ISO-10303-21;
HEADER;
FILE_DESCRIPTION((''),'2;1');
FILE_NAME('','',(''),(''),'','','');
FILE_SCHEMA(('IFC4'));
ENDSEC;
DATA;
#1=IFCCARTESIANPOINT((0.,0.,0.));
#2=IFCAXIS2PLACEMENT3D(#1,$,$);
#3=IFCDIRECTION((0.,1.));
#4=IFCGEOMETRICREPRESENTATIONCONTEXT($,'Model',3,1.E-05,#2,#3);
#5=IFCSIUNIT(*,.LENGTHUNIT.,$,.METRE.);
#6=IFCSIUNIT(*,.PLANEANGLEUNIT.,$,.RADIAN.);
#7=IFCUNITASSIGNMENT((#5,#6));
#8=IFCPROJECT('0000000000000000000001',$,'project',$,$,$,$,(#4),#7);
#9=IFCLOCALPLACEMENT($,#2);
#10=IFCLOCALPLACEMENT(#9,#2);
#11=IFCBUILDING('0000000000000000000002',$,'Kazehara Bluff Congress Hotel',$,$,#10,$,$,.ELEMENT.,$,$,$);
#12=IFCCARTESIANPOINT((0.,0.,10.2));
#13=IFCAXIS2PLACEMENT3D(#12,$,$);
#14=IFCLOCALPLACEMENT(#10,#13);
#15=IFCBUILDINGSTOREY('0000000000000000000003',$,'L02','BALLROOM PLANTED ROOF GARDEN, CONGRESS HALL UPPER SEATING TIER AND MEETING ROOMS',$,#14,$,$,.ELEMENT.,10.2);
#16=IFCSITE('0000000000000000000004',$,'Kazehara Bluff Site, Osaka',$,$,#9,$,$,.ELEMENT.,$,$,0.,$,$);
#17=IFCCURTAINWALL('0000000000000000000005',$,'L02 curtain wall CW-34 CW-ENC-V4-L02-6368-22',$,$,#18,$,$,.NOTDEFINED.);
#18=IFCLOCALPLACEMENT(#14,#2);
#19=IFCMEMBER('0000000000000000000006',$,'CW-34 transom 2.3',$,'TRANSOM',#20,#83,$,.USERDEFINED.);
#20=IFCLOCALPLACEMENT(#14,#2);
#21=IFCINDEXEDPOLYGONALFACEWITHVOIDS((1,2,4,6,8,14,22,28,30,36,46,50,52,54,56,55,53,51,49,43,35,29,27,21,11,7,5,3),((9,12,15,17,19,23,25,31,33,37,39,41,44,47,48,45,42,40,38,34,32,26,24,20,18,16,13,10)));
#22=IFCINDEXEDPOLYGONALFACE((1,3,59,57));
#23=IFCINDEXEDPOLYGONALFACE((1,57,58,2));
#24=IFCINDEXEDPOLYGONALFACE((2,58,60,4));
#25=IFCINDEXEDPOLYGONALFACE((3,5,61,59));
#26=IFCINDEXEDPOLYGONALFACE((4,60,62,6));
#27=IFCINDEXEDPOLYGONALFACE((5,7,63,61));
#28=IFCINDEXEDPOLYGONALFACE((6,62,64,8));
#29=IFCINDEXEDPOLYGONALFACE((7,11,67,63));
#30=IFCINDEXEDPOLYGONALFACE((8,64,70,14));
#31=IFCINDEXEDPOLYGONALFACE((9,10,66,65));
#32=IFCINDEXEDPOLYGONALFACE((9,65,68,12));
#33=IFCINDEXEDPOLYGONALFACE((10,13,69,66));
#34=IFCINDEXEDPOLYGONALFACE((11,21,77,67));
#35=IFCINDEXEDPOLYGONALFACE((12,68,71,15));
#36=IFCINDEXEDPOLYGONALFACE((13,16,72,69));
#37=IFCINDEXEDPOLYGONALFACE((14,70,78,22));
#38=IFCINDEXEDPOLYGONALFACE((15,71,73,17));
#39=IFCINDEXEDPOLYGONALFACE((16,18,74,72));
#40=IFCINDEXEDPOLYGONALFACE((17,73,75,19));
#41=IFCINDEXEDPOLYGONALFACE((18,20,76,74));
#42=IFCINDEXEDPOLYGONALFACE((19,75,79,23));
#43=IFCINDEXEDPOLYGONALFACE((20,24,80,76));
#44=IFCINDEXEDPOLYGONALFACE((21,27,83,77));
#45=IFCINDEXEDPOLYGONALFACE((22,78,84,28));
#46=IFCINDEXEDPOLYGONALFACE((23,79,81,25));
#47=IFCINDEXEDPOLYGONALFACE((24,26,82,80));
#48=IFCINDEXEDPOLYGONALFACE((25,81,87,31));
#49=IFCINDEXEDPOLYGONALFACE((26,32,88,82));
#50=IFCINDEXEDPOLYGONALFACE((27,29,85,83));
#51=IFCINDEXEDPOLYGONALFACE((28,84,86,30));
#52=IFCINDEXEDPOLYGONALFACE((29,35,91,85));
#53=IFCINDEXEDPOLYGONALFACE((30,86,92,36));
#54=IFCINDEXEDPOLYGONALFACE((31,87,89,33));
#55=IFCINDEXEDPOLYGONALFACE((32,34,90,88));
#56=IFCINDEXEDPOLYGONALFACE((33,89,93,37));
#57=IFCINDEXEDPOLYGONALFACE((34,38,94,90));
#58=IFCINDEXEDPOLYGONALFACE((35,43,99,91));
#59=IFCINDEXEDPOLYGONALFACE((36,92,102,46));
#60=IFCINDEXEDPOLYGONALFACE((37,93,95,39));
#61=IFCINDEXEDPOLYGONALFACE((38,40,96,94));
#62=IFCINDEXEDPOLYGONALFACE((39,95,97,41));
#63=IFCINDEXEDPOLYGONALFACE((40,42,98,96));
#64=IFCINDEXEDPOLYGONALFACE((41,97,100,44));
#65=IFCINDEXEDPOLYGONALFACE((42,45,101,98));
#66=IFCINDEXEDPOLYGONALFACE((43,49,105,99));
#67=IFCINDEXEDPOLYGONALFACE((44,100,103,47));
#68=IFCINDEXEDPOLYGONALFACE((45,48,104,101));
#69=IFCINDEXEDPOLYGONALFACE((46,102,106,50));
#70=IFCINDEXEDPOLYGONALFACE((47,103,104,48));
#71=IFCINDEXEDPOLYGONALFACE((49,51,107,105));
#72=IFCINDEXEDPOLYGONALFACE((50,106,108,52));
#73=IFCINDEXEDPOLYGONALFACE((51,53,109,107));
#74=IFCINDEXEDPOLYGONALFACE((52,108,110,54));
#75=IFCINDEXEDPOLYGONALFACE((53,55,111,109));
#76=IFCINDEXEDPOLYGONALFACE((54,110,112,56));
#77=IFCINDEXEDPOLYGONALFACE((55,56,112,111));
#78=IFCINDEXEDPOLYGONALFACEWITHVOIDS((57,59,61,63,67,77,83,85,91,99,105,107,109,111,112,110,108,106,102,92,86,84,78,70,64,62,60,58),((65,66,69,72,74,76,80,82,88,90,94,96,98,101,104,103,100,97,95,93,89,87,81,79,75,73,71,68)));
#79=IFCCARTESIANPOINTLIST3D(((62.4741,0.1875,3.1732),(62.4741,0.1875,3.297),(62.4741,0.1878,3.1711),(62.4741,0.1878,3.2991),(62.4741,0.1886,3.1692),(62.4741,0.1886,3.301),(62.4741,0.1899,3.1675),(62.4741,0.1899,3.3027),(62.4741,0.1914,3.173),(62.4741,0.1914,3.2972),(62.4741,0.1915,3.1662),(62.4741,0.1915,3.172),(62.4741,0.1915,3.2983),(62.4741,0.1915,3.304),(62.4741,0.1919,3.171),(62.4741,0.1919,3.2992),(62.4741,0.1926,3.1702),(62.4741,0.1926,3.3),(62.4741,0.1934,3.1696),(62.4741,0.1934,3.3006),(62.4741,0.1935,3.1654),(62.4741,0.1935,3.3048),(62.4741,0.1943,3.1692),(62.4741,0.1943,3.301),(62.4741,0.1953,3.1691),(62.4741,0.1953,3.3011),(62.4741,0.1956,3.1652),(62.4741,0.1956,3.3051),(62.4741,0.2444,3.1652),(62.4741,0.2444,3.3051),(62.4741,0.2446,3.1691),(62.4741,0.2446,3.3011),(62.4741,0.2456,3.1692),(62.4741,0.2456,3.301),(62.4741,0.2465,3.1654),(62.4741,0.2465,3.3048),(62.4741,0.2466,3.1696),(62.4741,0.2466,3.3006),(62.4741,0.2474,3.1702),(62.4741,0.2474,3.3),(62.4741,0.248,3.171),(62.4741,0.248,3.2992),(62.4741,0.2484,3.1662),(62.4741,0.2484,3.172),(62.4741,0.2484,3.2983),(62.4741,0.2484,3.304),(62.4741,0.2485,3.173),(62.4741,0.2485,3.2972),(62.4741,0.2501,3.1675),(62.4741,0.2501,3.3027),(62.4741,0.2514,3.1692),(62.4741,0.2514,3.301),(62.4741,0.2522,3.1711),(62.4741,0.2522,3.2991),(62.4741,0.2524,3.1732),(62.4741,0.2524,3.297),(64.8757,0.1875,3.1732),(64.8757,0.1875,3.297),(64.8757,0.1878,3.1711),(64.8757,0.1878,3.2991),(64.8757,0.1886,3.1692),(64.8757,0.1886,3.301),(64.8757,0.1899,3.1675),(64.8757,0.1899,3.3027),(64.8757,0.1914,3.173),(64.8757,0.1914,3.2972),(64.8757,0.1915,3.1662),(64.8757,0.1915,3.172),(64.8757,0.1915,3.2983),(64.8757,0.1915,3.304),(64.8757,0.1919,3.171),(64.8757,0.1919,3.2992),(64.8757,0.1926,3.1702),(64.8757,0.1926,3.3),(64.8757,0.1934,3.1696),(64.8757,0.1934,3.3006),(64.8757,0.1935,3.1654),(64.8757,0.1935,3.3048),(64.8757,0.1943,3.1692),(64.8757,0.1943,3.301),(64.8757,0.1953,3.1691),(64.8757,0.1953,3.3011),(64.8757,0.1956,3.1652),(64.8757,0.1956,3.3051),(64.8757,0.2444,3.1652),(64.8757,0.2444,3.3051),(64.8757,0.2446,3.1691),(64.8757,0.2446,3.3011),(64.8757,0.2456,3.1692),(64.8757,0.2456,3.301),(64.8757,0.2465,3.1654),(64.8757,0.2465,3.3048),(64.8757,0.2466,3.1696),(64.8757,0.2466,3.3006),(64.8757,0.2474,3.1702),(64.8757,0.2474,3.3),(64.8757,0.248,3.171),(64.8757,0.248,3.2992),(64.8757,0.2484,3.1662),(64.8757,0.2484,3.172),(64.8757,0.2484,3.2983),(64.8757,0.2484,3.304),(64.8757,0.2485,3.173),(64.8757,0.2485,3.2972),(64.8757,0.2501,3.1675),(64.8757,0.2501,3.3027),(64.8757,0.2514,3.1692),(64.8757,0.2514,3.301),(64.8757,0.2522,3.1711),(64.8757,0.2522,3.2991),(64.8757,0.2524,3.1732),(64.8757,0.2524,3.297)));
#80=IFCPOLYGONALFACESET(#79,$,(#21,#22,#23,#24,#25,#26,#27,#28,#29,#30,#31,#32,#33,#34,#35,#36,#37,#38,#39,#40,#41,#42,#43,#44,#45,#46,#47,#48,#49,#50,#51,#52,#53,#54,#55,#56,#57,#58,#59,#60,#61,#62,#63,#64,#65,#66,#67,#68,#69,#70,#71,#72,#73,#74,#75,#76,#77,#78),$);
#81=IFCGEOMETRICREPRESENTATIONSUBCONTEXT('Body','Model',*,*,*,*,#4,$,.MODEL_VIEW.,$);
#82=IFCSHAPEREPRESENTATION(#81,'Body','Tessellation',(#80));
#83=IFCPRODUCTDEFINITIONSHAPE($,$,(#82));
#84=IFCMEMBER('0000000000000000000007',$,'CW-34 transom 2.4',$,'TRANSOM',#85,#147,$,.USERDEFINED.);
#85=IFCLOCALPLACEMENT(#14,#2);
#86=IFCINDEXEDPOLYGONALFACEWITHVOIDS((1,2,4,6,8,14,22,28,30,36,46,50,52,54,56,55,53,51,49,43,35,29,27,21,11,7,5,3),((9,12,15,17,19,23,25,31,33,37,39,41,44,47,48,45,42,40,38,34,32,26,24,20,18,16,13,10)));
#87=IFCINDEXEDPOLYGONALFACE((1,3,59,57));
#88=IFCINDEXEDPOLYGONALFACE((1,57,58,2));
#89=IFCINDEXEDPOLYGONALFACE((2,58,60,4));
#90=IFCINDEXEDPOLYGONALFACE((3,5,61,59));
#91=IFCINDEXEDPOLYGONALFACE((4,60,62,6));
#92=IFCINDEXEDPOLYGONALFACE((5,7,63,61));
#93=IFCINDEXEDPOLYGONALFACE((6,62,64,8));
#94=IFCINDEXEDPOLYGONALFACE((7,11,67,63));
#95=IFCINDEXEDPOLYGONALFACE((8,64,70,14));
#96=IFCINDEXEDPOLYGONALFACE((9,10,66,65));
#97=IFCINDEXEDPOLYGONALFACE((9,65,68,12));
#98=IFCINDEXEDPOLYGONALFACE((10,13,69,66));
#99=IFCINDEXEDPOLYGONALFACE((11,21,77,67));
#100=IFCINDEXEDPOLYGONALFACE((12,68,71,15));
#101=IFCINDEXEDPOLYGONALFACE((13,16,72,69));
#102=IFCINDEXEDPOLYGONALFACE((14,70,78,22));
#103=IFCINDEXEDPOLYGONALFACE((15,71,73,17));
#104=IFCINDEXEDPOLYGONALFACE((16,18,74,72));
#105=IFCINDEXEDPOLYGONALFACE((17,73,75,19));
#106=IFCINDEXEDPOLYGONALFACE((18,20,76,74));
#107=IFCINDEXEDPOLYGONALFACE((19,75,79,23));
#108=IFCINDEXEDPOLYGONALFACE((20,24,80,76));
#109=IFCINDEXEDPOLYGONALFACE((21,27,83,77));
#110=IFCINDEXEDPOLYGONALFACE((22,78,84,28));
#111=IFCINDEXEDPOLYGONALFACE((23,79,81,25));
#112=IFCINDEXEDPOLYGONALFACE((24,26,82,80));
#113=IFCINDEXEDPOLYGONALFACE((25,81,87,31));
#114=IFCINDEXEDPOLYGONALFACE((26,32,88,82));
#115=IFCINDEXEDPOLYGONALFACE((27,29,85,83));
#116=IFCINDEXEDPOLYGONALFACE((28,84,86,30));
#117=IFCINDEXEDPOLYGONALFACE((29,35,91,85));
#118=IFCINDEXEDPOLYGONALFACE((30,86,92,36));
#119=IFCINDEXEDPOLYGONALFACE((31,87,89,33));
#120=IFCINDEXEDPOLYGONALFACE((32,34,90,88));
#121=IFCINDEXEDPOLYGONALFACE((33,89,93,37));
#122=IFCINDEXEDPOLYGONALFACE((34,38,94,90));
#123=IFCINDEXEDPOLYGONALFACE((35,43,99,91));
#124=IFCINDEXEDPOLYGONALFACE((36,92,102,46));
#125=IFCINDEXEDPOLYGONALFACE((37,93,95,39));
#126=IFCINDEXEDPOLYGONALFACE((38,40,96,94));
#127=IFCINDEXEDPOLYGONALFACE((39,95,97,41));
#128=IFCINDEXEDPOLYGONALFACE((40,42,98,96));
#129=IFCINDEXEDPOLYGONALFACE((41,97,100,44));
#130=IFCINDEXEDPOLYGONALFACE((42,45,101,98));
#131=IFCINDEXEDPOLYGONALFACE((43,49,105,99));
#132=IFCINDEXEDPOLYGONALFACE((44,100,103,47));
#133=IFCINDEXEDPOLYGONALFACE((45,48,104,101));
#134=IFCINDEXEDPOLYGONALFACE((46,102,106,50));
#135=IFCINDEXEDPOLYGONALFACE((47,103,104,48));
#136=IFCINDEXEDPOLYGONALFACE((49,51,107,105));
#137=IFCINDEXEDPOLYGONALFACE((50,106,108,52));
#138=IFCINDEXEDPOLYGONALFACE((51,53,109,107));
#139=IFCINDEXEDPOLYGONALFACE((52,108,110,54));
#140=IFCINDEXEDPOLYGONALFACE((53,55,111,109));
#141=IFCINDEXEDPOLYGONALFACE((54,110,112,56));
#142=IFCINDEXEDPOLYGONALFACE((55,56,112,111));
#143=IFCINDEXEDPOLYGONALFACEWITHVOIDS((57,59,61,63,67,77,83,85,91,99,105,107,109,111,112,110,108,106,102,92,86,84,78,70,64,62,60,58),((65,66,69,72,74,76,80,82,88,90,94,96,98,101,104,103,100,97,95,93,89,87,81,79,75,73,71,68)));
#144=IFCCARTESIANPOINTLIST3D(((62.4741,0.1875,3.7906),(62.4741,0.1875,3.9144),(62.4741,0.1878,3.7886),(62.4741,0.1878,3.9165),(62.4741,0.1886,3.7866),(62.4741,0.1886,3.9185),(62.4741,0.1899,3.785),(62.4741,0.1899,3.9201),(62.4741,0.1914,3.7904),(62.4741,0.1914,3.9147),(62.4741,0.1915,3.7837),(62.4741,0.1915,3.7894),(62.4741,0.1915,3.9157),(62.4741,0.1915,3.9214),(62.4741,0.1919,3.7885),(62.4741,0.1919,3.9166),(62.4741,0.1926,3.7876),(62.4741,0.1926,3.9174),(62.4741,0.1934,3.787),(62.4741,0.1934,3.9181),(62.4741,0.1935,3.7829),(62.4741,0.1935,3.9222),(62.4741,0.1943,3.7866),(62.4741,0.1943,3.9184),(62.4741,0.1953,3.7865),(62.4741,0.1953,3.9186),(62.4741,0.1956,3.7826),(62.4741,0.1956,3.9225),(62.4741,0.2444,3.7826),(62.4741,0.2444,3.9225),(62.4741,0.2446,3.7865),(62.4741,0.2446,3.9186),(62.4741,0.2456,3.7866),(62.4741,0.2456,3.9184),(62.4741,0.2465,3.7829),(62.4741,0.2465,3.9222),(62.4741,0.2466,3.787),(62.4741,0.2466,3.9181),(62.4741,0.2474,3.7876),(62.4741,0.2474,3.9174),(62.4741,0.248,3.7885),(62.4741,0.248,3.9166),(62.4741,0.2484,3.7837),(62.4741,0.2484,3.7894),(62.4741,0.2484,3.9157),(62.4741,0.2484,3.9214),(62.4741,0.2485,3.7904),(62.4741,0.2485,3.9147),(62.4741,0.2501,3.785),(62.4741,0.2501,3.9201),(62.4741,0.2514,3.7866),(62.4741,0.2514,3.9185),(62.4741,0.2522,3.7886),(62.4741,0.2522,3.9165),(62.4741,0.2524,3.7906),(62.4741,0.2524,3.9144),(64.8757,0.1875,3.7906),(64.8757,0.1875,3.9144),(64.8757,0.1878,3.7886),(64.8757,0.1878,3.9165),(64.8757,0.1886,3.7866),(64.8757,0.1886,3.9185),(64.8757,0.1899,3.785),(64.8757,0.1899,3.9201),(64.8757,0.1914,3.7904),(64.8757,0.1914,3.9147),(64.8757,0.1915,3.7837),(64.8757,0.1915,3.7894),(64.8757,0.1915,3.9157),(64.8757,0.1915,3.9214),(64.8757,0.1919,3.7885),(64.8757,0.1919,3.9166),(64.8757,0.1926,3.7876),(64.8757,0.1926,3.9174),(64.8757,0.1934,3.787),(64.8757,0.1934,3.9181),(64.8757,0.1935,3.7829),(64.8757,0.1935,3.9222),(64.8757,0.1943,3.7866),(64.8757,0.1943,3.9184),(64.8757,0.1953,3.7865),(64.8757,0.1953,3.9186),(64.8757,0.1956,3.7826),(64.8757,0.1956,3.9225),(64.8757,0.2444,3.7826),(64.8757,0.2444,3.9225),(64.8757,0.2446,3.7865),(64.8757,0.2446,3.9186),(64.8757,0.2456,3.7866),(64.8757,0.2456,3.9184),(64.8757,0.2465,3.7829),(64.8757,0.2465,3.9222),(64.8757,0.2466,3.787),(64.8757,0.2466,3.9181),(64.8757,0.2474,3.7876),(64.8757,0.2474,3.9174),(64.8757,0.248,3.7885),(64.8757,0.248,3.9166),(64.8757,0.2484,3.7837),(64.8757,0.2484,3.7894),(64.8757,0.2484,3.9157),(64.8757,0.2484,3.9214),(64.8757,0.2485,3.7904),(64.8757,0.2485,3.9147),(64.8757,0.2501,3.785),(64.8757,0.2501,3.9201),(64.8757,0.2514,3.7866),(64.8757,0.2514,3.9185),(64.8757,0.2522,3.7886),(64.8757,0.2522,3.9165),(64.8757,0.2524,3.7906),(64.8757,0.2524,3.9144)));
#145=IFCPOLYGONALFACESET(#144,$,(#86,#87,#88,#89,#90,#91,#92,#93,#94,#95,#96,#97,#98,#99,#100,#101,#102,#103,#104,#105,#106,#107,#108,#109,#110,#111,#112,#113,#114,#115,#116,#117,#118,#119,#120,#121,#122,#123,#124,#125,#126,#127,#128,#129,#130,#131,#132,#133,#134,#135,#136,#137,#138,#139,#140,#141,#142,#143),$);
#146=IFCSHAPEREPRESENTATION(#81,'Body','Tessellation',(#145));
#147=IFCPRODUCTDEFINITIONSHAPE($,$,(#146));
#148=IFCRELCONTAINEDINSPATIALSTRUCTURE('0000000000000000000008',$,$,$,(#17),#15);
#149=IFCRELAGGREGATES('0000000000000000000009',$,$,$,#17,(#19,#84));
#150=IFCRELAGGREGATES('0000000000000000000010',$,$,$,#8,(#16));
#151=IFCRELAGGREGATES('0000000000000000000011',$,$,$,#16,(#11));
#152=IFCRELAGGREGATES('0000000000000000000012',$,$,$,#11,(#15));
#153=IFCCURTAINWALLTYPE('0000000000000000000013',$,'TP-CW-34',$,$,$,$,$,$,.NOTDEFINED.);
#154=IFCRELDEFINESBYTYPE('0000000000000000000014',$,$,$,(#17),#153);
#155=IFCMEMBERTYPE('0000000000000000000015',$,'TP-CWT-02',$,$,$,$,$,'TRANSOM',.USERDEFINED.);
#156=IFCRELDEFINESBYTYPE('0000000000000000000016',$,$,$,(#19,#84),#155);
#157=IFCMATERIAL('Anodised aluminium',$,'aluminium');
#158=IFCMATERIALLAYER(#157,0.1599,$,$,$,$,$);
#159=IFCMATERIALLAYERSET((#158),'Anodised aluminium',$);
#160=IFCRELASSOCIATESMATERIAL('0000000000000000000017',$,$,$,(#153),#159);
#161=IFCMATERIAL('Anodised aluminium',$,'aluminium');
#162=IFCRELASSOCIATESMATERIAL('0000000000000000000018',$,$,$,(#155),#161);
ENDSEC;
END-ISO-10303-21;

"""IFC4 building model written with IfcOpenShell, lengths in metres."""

from ifc_helpers import new_model, si_unit, direction, frame, origin, origin_2d, place, context, subcontext, project, spatial, hollow_rectangle, extrude, material, layer, layer_set, material_profile, profile_set, type_object, element, aggregate, save


model = new_model("IFC4")

# Units and contexts
model_context = context("Model", 3, precision=1e-05, world=origin(), true_north=direction((0.0, 1.0)))
body_context = subcontext(model_context, "Body", "Model", "MODEL_VIEW")
ifc_project = project(units=[si_unit("LENGTHUNIT", "METRE"), si_unit("PLANEANGLEUNIT", "RADIAN")], contexts=[model_context])

# Site, building, storey
site_placement = place(None, origin())
site = spatial("IfcSite", under=ifc_project, at=site_placement, Name="Kazehara Bluff Site, Osaka", CompositionType="ELEMENT", RefElevation=0.0)
building_placement = place(site_placement, origin())
building = spatial("IfcBuilding", under=site, at=building_placement, Name="Kazehara Bluff Congress Hotel", CompositionType="ELEMENT")
storey_placement = place(building_placement, frame((0.0, 0.0, 10.2)))
storey = spatial("IfcBuildingStorey", under=building, at=storey_placement, Name="L02", Description="BALLROOM PLANTED ROOF GARDEN, CONGRESS HALL UPPER SEATING TIER AND MEETING ROOMS", CompositionType="ELEMENT", Elevation=10.2)

# Curtain wall
ifc_material_1 = material(Name="Anodised aluminium", Category="aluminium")
ifc_layer_1 = layer(ifc_material_1, 0.1599)
ifc_layer_set_1 = layer_set([ifc_layer_1], Name="Anodised aluminium")
curtain_wall_type_1 = type_object("IfcCurtainWallType", Name="TP-CW-34", PredefinedType="NOTDEFINED", material=ifc_layer_set_1)
curtain_wall_1_placement = place(storey_placement, origin())
curtain_wall_1 = element("IfcCurtainWall", 1, at=curtain_wall_1_placement, inside=storey, type_object=curtain_wall_type_1, Name="L02 curtain wall CW-34 CW-ENC-V4-L02-6368-22", PredefinedType="NOTDEFINED")

# Members
ifc_material_2 = material(Name="Anodised aluminium", Category="aluminium")
ifc_material_profile_1 = material_profile(ifc_material_2, hollow_rectangle(XDim=0.0649, YDim=0.1399, WallThickness=0.0039, InnerFilletRadius=0.0039, OuterFilletRadius=0.0081, at=origin_2d()))
ifc_profile_set_1 = profile_set([ifc_material_profile_1], Name="Anodised aluminium")
member_type_1 = type_object("IfcMemberType", Name="TP-CWT-02", ElementType="TRANSOM", PredefinedType="USERDEFINED", material=ifc_profile_set_1)
member_1_placement = place(storey_placement, frame((64.8757, 0.22, 3.2351), z_axis=(-1.0, 0.0, 0.0), x_axis=(0.0, -1.0, 0.0)))
member_1 = element("IfcMember", 2, at=member_1_placement, type_object=member_type_1, Name="CW-34 transom 2.3", ObjectType="TRANSOM", PredefinedType="USERDEFINED", context=body_context, shape_type="SweptSolid", body=[
    extrude(hollow_rectangle(XDim=0.0649, YDim=0.1399, WallThickness=0.0039, InnerFilletRadius=0.0039, OuterFilletRadius=0.0081, at=origin_2d()), origin(), (0.0, 0.0, 1.0), 2.4016),
])
member_2_placement = place(storey_placement, frame((64.8757, 0.22, 3.8525), z_axis=(-1.0, 0.0, 0.0), x_axis=(0.0, -1.0, 0.0)))
member_2 = element("IfcMember", 3, at=member_2_placement, type_object=member_type_1, Name="CW-34 transom 2.4", ObjectType="TRANSOM", PredefinedType="USERDEFINED", context=body_context, shape_type="SweptSolid", body=[
    extrude(hollow_rectangle(XDim=0.0649, YDim=0.1399, WallThickness=0.0039, InnerFilletRadius=0.0039, OuterFilletRadius=0.0081, at=origin_2d()), origin(), (0.0, 0.0, 1.0), 2.4016),
])

aggregate(curtain_wall_1, [member_1, member_2])

save(model, "model.ifc")
